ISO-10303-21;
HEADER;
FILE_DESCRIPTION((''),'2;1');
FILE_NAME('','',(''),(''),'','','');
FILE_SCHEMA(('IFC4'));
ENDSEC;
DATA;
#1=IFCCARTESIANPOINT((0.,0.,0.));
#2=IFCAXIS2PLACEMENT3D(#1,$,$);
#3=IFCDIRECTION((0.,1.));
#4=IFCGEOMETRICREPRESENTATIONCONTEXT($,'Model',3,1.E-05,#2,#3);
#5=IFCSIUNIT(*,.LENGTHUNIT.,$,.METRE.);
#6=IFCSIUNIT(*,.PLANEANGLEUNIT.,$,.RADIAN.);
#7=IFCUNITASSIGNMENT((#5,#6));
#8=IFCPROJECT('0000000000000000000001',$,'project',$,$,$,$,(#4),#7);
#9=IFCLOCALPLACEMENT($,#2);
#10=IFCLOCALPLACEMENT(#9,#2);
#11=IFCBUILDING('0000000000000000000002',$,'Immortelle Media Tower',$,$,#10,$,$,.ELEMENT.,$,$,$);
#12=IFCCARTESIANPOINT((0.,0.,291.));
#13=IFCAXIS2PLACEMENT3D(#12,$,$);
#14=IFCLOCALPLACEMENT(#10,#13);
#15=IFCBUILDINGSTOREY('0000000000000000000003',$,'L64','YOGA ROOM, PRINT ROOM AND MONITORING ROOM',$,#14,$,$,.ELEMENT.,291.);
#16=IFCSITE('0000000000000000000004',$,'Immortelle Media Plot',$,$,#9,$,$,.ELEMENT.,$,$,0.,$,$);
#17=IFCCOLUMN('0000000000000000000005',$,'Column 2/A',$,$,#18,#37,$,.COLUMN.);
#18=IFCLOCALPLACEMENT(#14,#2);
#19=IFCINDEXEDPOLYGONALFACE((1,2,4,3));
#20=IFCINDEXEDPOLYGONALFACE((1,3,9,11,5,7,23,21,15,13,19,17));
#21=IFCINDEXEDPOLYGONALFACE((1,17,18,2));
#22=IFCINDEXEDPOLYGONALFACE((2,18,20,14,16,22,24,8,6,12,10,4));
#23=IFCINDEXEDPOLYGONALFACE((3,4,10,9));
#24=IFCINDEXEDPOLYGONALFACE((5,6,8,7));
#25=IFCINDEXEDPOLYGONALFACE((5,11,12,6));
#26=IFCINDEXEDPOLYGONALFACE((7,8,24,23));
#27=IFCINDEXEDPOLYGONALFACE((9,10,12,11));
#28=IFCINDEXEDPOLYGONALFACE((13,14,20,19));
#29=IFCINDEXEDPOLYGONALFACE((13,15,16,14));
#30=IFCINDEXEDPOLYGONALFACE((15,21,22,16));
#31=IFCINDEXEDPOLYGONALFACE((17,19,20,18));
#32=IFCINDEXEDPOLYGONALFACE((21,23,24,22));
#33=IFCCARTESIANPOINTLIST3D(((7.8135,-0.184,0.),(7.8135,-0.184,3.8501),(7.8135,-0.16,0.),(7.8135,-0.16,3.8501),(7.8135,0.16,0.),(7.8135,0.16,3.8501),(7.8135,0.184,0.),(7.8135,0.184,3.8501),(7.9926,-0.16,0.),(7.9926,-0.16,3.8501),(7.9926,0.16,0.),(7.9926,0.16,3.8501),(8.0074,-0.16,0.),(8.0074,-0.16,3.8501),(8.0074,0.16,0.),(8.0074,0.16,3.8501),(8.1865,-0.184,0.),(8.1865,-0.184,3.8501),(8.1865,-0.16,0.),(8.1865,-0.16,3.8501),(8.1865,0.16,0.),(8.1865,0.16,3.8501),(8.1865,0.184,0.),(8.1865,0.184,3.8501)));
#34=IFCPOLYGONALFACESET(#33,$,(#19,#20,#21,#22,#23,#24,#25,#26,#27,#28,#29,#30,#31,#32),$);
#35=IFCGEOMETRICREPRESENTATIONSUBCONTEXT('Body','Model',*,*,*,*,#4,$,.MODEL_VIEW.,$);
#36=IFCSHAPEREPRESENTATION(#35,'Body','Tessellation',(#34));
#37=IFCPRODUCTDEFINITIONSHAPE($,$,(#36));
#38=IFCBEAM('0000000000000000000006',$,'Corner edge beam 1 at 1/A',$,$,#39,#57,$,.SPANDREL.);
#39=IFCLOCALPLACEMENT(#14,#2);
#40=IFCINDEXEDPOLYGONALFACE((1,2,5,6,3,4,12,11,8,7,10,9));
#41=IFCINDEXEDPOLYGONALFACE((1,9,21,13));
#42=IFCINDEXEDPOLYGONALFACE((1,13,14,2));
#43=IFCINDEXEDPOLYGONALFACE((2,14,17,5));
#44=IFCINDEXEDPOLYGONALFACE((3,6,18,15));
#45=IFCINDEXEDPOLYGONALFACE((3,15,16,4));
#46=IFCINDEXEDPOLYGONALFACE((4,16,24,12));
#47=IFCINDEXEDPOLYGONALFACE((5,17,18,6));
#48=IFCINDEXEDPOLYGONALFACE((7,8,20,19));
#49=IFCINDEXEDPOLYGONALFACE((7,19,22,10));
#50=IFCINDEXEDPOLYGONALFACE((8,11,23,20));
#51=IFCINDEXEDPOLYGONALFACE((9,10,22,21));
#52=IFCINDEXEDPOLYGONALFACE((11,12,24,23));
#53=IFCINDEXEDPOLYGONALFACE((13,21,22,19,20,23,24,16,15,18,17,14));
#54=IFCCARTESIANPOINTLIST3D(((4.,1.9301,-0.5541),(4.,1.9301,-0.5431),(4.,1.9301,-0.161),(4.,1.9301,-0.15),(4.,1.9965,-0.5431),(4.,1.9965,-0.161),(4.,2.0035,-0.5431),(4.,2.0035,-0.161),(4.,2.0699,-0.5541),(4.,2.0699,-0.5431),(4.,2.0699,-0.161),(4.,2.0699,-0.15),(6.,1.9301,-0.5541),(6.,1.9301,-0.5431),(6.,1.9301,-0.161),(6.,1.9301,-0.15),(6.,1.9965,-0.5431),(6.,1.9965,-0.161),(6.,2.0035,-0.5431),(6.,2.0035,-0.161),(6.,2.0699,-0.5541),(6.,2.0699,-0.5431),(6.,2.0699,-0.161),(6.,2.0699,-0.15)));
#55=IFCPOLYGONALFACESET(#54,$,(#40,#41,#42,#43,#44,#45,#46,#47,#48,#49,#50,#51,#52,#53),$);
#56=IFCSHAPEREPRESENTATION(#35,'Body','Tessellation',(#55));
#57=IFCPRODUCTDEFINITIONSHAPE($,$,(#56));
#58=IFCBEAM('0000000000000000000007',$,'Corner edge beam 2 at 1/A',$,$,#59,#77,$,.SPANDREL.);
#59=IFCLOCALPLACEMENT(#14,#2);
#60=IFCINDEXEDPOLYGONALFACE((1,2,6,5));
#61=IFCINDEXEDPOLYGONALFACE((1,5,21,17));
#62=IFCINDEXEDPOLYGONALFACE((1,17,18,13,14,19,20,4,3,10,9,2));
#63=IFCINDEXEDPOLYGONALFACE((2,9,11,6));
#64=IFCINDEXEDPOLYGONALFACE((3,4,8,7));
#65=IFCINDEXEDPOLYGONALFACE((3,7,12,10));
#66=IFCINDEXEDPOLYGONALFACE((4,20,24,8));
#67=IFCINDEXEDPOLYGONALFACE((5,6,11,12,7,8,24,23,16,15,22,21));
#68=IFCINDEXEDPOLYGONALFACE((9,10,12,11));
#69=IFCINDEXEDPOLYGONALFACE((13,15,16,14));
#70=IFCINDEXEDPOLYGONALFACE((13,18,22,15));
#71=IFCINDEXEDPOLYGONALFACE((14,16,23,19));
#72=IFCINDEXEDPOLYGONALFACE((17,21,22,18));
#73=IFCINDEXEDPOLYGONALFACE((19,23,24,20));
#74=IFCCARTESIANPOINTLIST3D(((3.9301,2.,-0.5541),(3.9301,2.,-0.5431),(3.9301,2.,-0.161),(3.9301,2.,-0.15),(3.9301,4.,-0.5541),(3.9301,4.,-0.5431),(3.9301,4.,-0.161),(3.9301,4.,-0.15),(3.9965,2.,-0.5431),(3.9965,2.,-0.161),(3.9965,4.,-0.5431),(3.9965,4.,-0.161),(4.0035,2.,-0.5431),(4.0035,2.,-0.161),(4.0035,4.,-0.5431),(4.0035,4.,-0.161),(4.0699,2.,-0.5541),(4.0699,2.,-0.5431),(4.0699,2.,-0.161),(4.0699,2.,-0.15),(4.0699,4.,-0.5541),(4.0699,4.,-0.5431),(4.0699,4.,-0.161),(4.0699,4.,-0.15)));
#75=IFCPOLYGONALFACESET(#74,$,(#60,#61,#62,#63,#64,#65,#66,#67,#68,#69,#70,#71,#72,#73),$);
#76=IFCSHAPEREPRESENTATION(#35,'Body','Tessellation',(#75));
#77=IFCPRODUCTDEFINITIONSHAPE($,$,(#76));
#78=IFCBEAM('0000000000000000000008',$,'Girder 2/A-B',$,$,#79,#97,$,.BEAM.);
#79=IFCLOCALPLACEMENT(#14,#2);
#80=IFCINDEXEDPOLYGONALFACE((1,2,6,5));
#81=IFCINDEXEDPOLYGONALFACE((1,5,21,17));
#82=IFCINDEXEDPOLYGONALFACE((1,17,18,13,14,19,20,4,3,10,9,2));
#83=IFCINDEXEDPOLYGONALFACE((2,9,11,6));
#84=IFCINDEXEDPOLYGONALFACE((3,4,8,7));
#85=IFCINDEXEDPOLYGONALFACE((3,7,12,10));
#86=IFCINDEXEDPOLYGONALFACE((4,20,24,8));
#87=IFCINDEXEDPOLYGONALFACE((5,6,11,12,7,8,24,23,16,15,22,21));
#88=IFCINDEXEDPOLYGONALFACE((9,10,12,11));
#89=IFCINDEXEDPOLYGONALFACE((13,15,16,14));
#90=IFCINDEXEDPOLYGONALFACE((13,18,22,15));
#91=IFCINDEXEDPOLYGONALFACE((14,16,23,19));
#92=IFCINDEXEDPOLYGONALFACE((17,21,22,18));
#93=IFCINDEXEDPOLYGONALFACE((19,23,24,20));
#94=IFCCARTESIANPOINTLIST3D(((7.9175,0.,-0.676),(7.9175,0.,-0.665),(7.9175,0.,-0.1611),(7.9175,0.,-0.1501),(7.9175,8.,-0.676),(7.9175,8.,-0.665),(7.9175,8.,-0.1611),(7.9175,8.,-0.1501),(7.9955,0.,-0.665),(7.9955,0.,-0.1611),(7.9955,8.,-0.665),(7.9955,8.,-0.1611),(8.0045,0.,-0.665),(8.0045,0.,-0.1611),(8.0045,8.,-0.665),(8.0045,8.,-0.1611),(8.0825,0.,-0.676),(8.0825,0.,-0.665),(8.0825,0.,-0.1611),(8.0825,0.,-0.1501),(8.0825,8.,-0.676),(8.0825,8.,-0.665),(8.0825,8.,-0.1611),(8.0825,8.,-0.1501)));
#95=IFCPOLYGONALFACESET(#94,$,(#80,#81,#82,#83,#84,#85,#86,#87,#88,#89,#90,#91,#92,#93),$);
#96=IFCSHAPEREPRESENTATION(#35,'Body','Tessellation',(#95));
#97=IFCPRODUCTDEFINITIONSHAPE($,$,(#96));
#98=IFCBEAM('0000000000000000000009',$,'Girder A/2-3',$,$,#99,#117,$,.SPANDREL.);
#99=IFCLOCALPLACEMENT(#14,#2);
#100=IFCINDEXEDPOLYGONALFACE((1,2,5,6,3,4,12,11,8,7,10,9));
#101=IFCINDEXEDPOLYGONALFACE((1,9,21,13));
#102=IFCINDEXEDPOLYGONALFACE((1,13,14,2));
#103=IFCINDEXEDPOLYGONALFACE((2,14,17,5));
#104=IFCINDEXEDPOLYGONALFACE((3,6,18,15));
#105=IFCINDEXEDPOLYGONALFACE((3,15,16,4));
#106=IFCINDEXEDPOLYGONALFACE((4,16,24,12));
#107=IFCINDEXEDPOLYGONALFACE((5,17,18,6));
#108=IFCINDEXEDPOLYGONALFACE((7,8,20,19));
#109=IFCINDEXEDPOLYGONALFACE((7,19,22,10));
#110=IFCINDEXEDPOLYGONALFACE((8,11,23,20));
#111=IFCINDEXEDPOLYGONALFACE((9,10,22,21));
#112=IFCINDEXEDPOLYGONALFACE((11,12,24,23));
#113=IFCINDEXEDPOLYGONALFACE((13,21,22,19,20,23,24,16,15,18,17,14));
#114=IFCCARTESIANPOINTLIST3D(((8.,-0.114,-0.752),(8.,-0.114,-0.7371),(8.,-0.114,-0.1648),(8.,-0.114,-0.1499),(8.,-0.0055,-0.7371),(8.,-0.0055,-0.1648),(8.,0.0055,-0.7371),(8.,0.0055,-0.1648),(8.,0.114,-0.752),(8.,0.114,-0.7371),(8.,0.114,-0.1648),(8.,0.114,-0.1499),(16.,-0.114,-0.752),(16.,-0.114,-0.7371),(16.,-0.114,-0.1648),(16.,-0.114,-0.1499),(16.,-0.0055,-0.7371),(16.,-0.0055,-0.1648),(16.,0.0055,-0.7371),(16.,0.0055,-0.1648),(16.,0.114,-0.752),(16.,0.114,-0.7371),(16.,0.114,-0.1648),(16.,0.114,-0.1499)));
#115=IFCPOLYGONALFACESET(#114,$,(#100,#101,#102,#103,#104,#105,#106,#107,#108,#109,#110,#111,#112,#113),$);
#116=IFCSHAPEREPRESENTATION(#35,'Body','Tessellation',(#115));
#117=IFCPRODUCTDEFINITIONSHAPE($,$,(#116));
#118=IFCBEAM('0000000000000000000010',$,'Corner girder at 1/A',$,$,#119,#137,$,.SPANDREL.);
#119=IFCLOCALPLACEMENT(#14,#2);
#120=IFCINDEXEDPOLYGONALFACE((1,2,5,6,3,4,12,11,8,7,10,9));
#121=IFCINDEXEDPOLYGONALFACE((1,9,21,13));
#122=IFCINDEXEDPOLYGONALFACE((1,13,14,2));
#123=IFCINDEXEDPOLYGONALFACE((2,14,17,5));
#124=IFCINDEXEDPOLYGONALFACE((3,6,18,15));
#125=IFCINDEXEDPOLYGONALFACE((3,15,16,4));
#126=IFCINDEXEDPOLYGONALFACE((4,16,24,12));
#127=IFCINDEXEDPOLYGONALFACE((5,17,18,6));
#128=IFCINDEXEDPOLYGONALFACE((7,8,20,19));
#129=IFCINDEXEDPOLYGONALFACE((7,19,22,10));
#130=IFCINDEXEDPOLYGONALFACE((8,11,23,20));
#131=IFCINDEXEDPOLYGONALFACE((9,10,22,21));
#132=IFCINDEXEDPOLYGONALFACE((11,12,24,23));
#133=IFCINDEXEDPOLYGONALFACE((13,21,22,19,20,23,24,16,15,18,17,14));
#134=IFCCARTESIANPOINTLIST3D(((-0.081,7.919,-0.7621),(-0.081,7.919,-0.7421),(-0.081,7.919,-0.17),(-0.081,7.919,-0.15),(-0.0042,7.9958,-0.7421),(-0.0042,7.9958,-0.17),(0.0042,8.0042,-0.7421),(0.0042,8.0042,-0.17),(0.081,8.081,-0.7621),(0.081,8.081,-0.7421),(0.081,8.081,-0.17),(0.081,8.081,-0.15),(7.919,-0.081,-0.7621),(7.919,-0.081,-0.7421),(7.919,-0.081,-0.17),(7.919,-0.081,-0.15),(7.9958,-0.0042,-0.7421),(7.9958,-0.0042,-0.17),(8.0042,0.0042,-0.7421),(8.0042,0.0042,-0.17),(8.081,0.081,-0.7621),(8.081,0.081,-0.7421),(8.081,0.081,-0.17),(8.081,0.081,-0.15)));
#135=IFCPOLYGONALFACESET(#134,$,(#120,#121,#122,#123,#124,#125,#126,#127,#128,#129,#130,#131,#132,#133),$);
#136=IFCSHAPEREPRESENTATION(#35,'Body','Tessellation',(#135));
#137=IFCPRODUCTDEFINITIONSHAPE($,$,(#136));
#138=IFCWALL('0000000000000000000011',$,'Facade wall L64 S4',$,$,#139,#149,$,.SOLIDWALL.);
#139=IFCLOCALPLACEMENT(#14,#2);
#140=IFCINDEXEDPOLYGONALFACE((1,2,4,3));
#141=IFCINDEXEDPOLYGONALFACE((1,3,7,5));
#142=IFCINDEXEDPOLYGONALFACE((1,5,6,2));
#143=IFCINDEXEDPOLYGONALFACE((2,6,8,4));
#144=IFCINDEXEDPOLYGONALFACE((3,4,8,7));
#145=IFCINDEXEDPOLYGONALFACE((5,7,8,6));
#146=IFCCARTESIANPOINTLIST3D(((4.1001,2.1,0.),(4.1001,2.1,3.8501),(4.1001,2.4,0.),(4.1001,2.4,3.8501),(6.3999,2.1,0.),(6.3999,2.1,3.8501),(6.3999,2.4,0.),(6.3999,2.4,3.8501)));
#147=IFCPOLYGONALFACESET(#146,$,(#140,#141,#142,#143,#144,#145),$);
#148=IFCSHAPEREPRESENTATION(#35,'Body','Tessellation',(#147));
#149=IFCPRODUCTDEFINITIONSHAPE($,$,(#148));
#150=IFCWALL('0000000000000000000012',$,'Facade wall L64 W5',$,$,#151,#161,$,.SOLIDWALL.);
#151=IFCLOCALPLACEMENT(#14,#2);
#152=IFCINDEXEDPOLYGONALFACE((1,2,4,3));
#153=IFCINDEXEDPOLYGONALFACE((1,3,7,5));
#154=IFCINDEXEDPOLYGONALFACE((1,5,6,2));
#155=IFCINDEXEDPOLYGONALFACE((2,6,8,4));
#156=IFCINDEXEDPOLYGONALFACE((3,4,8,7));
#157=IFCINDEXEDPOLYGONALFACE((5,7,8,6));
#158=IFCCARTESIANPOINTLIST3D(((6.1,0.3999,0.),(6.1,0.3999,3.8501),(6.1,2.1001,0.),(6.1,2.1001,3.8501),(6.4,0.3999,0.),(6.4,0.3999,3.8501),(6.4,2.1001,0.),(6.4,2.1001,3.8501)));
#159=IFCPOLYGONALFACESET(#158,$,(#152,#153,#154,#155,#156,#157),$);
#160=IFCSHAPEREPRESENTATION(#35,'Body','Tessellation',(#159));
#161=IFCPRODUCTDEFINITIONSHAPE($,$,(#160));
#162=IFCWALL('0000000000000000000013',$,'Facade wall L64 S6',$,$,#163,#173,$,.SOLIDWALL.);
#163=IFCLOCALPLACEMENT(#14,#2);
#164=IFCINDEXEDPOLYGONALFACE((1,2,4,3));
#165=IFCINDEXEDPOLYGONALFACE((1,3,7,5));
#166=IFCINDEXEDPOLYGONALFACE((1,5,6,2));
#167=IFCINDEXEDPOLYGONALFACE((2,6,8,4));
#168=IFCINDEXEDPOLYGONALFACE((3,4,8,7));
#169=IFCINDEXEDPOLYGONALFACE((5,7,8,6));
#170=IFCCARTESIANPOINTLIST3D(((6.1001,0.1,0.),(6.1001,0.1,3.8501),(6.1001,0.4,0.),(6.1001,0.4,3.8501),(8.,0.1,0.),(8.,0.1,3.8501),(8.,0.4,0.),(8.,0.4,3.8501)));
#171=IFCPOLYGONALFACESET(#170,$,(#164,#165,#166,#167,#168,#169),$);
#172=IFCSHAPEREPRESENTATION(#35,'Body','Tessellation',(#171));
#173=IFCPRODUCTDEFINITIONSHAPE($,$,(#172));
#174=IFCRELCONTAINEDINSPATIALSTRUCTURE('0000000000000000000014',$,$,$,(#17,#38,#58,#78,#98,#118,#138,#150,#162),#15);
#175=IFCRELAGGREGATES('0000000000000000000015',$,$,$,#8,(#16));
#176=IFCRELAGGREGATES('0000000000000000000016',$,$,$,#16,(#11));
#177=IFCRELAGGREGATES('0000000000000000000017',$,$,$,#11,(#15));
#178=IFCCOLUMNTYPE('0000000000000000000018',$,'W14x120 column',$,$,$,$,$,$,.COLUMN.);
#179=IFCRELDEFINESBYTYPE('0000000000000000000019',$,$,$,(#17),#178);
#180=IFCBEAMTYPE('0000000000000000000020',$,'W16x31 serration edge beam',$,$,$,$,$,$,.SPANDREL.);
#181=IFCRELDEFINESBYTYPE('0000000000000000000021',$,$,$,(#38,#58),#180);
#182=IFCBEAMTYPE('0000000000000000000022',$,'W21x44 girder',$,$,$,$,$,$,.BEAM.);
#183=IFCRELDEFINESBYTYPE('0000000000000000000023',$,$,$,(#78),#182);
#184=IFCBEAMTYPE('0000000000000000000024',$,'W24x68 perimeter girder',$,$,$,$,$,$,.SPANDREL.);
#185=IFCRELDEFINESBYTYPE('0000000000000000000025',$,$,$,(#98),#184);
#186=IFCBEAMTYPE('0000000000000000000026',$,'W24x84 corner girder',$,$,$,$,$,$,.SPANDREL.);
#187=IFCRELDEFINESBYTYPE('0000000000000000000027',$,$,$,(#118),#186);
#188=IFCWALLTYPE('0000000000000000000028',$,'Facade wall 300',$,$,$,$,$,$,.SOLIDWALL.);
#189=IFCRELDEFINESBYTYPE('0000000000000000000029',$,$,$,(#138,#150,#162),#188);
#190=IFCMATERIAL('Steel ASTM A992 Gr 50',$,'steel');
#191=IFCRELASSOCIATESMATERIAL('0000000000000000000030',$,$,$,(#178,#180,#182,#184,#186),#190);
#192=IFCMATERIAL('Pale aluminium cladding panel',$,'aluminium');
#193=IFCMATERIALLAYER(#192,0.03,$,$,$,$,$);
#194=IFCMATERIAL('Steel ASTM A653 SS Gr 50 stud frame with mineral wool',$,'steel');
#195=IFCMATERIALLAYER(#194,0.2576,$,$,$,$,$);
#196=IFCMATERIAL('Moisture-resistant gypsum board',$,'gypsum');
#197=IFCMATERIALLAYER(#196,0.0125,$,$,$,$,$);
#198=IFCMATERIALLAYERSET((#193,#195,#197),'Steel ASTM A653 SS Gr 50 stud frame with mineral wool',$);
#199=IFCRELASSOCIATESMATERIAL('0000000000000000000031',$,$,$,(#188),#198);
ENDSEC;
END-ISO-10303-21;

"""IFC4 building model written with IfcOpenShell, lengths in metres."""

from ifc_helpers import new_model, si_unit, direction, frame, frame_2d, origin, origin_2d, place, context, subcontext, project, spatial, rectangle, i_section, extrude, material, layer, layer_set, material_profile, profile_set, type_object, element, save


model = new_model("IFC4")

# Units and contexts
model_context = context("Model", 3, precision=1e-05, world=origin(), true_north=direction((0.0, 1.0)))
body_context = subcontext(model_context, "Body", "Model", "MODEL_VIEW")
ifc_project = project(units=[si_unit("LENGTHUNIT", "METRE"), si_unit("PLANEANGLEUNIT", "RADIAN")], contexts=[model_context])

# Site, building, storey
site_placement = place(None, origin())
site = spatial("IfcSite", under=ifc_project, at=site_placement, Name="Immortelle Media Plot", CompositionType="ELEMENT", RefElevation=0.0)
building_placement = place(site_placement, origin())
building = spatial("IfcBuilding", under=site, at=building_placement, Name="Immortelle Media Tower", CompositionType="ELEMENT")
storey_placement = place(building_placement, frame((0.0, 0.0, 291.0)))
storey = spatial("IfcBuildingStorey", under=building, at=storey_placement, Name="L64", Description="YOGA ROOM, PRINT ROOM AND MONITORING ROOM", CompositionType="ELEMENT", Elevation=291.0)

# Column
ifc_material_1 = material(Name="Steel ASTM A992 Gr 50", Category="steel")
ifc_material_profile_1 = material_profile(ifc_material_1, i_section(OverallWidth=0.373, OverallDepth=0.3679, WebThickness=0.0149, FlangeThickness=0.0239, at=origin_2d()), Name="W14x120")
ifc_profile_set_1 = profile_set([ifc_material_profile_1], Name="Steel ASTM A992 Gr 50")
column_type = type_object("IfcColumnType", Name="W14x120 column", PredefinedType="COLUMN", material=ifc_profile_set_1)
column_placement = place(storey_placement, frame((8.0, 0.0, 0.0), z_axis=(0.0, 0.0, 1.0), x_axis=(1.0, 0.0, 0.0)))
element("IfcColumn", 1, at=column_placement, inside=storey, type_object=column_type, Name="Column 2/A", PredefinedType="COLUMN", context=body_context, shape_type="SweptSolid", body=[
    extrude(i_section(OverallWidth=0.373, OverallDepth=0.3679, WebThickness=0.0149, FlangeThickness=0.0239, at=origin_2d()), origin(), (0.0, 0.0, 1.0), 3.8501),
])

# Beams
ifc_material_profile_2 = material_profile(ifc_material_1, i_section(OverallWidth=0.1399, OverallDepth=0.4041, WebThickness=0.0071, FlangeThickness=0.011, at=origin_2d()), Name="W16x31")
ifc_profile_set_2 = profile_set([ifc_material_profile_2], Name="Steel ASTM A992 Gr 50")
beam_type_1 = type_object("IfcBeamType", Name="W16x31 serration edge beam", PredefinedType="SPANDREL", material=ifc_profile_set_2)
for number, where, z_axis, x_axis, name in (
    (2, (6.0, 2.0, -0.3521), (-1.0, 0.0, 0.0), (0.0, -1.0, 0.0), "Corner edge beam 1 at 1/A"),
    (3, (4.0, 2.0, -0.3521), (0.0, 1.0, 0.0), (-1.0, 0.0, 0.0), "Corner edge beam 2 at 1/A"),
):
    element("IfcBeam", number, at=place(storey_placement, frame(where, z_axis=z_axis, x_axis=x_axis)), inside=storey, type_object=beam_type_1, Name=name, PredefinedType="SPANDREL", context=body_context, shape_type="SweptSolid", body=[
        extrude(i_section(OverallWidth=0.1399, OverallDepth=0.4041, WebThickness=0.0071, FlangeThickness=0.011, at=origin_2d()), origin(), (0.0, 0.0, 1.0), 2.0),
    ])
ifc_material_profile_3 = material_profile(ifc_material_1, i_section(OverallWidth=0.165, OverallDepth=0.5259, WebThickness=0.009, FlangeThickness=0.011, at=origin_2d()), Name="W21x44")
ifc_profile_set_3 = profile_set([ifc_material_profile_3], Name="Steel ASTM A992 Gr 50")
beam_type_2 = type_object("IfcBeamType", Name="W21x44 girder", PredefinedType="BEAM", material=ifc_profile_set_3)
beam_1_placement = place(storey_placement, frame((8.0, 0.0, -0.4131), z_axis=(0.0, 1.0, 0.0), x_axis=(-1.0, 0.0, 0.0)))
element("IfcBeam", 4, at=beam_1_placement, inside=storey, type_object=beam_type_2, Name="Girder 2/A-B", PredefinedType="BEAM", context=body_context, shape_type="SweptSolid", body=[
    extrude(i_section(OverallWidth=0.165, OverallDepth=0.5259, WebThickness=0.009, FlangeThickness=0.011, at=origin_2d()), origin(), (0.0, 0.0, 1.0), 8.0),
])
ifc_material_profile_4 = material_profile(ifc_material_1, i_section(OverallWidth=0.228, OverallDepth=0.6021, WebThickness=0.011, FlangeThickness=0.0149, at=origin_2d()), Name="W24x68")
ifc_profile_set_4 = profile_set([ifc_material_profile_4], Name="Steel ASTM A992 Gr 50")
beam_type_3 = type_object("IfcBeamType", Name="W24x68 perimeter girder", PredefinedType="SPANDREL", material=ifc_profile_set_4)
beam_2_placement = place(storey_placement, frame((8.0, 0.0, -0.4509), z_axis=(1.0, 0.0, 0.0), x_axis=(0.0, 1.0, 0.0)))
element("IfcBeam", 5, at=beam_2_placement, inside=storey, type_object=beam_type_3, Name="Girder A/2-3", PredefinedType="SPANDREL", context=body_context, shape_type="SweptSolid", body=[
    extrude(i_section(OverallWidth=0.228, OverallDepth=0.6021, WebThickness=0.011, FlangeThickness=0.0149, at=origin_2d()), origin(), (0.0, 0.0, 1.0), 8.0),
])
ifc_material_profile_5 = material_profile(ifc_material_1, i_section(OverallWidth=0.229, OverallDepth=0.6121, WebThickness=0.012, FlangeThickness=0.02, at=origin_2d()), Name="W24x84")
ifc_profile_set_5 = profile_set([ifc_material_profile_5], Name="Steel ASTM A992 Gr 50")
beam_type_4 = type_object("IfcBeamType", Name="W24x84 corner girder", PredefinedType="SPANDREL", material=ifc_profile_set_5)
beam_3_placement = place(storey_placement, frame((8.0, 0.0, -0.4561), z_axis=(-0.707107, 0.707107, 0.0), x_axis=(-0.707107, -0.707107, 0.0)))
element("IfcBeam", 6, at=beam_3_placement, inside=storey, type_object=beam_type_4, Name="Corner girder at 1/A", PredefinedType="SPANDREL", context=body_context, shape_type="SweptSolid", body=[
    extrude(i_section(OverallWidth=0.229, OverallDepth=0.6121, WebThickness=0.012, FlangeThickness=0.02, at=origin_2d()), origin(), (0.0, 0.0, 1.0), 11.3137),
])

# Walls
ifc_material_2 = material(Name="Pale aluminium cladding panel", Category="aluminium")
ifc_layer_1 = layer(ifc_material_2, 0.03)
ifc_material_3 = material(Name="Steel ASTM A653 SS Gr 50 stud frame with mineral wool", Category="steel")
ifc_layer_2 = layer(ifc_material_3, 0.2576)
ifc_material_4 = material(Name="Moisture-resistant gypsum board", Category="gypsum")
ifc_layer_3 = layer(ifc_material_4, 0.0125)
ifc_layer_set = layer_set([ifc_layer_1, ifc_layer_2, ifc_layer_3], Name="Steel ASTM A653 SS Gr 50 stud frame with mineral wool")
wall_type = type_object("IfcWallType", Name="Facade wall 300", PredefinedType="SOLIDWALL", material=ifc_layer_set)
wall_1_placement = place(storey_placement, frame((4.1001, 2.25, 0.0), z_axis=(0.0, 0.0, 1.0), x_axis=(1.0, 0.0, 0.0)))
element("IfcWall", 7, at=wall_1_placement, inside=storey, type_object=wall_type, Name="Facade wall L64 S4", PredefinedType="SOLIDWALL", context=body_context, shape_type="SweptSolid", body=[
    extrude(rectangle(XDim=2.2998, YDim=0.3, at=frame_2d((1.1499, 0.0))), origin(), (0.0, 0.0, 1.0), 3.8501),
])
wall_2_placement = place(storey_placement, frame((6.25, 2.1001, 0.0), z_axis=(0.0, 0.0, 1.0), x_axis=(0.0, -1.0, 0.0)))
element("IfcWall", 8, at=wall_2_placement, inside=storey, type_object=wall_type, Name="Facade wall L64 W5", PredefinedType="SOLIDWALL", context=body_context, shape_type="SweptSolid", body=[
    extrude(rectangle(XDim=1.7002, YDim=0.3, at=frame_2d((0.8501, 0.0))), origin(), (0.0, 0.0, 1.0), 3.8501),
])
wall_3_placement = place(storey_placement, frame((6.1001, 0.25, 0.0), z_axis=(0.0, 0.0, 1.0), x_axis=(1.0, 0.0, 0.0)))
element("IfcWall", 9, at=wall_3_placement, inside=storey, type_object=wall_type, Name="Facade wall L64 S6", PredefinedType="SOLIDWALL", context=body_context, shape_type="SweptSolid", body=[
    extrude(rectangle(XDim=1.8999, YDim=0.3, at=frame_2d((0.95, 0.0))), origin(), (0.0, 0.0, 1.0), 3.8501),
])

save(model, "model.ifc")
